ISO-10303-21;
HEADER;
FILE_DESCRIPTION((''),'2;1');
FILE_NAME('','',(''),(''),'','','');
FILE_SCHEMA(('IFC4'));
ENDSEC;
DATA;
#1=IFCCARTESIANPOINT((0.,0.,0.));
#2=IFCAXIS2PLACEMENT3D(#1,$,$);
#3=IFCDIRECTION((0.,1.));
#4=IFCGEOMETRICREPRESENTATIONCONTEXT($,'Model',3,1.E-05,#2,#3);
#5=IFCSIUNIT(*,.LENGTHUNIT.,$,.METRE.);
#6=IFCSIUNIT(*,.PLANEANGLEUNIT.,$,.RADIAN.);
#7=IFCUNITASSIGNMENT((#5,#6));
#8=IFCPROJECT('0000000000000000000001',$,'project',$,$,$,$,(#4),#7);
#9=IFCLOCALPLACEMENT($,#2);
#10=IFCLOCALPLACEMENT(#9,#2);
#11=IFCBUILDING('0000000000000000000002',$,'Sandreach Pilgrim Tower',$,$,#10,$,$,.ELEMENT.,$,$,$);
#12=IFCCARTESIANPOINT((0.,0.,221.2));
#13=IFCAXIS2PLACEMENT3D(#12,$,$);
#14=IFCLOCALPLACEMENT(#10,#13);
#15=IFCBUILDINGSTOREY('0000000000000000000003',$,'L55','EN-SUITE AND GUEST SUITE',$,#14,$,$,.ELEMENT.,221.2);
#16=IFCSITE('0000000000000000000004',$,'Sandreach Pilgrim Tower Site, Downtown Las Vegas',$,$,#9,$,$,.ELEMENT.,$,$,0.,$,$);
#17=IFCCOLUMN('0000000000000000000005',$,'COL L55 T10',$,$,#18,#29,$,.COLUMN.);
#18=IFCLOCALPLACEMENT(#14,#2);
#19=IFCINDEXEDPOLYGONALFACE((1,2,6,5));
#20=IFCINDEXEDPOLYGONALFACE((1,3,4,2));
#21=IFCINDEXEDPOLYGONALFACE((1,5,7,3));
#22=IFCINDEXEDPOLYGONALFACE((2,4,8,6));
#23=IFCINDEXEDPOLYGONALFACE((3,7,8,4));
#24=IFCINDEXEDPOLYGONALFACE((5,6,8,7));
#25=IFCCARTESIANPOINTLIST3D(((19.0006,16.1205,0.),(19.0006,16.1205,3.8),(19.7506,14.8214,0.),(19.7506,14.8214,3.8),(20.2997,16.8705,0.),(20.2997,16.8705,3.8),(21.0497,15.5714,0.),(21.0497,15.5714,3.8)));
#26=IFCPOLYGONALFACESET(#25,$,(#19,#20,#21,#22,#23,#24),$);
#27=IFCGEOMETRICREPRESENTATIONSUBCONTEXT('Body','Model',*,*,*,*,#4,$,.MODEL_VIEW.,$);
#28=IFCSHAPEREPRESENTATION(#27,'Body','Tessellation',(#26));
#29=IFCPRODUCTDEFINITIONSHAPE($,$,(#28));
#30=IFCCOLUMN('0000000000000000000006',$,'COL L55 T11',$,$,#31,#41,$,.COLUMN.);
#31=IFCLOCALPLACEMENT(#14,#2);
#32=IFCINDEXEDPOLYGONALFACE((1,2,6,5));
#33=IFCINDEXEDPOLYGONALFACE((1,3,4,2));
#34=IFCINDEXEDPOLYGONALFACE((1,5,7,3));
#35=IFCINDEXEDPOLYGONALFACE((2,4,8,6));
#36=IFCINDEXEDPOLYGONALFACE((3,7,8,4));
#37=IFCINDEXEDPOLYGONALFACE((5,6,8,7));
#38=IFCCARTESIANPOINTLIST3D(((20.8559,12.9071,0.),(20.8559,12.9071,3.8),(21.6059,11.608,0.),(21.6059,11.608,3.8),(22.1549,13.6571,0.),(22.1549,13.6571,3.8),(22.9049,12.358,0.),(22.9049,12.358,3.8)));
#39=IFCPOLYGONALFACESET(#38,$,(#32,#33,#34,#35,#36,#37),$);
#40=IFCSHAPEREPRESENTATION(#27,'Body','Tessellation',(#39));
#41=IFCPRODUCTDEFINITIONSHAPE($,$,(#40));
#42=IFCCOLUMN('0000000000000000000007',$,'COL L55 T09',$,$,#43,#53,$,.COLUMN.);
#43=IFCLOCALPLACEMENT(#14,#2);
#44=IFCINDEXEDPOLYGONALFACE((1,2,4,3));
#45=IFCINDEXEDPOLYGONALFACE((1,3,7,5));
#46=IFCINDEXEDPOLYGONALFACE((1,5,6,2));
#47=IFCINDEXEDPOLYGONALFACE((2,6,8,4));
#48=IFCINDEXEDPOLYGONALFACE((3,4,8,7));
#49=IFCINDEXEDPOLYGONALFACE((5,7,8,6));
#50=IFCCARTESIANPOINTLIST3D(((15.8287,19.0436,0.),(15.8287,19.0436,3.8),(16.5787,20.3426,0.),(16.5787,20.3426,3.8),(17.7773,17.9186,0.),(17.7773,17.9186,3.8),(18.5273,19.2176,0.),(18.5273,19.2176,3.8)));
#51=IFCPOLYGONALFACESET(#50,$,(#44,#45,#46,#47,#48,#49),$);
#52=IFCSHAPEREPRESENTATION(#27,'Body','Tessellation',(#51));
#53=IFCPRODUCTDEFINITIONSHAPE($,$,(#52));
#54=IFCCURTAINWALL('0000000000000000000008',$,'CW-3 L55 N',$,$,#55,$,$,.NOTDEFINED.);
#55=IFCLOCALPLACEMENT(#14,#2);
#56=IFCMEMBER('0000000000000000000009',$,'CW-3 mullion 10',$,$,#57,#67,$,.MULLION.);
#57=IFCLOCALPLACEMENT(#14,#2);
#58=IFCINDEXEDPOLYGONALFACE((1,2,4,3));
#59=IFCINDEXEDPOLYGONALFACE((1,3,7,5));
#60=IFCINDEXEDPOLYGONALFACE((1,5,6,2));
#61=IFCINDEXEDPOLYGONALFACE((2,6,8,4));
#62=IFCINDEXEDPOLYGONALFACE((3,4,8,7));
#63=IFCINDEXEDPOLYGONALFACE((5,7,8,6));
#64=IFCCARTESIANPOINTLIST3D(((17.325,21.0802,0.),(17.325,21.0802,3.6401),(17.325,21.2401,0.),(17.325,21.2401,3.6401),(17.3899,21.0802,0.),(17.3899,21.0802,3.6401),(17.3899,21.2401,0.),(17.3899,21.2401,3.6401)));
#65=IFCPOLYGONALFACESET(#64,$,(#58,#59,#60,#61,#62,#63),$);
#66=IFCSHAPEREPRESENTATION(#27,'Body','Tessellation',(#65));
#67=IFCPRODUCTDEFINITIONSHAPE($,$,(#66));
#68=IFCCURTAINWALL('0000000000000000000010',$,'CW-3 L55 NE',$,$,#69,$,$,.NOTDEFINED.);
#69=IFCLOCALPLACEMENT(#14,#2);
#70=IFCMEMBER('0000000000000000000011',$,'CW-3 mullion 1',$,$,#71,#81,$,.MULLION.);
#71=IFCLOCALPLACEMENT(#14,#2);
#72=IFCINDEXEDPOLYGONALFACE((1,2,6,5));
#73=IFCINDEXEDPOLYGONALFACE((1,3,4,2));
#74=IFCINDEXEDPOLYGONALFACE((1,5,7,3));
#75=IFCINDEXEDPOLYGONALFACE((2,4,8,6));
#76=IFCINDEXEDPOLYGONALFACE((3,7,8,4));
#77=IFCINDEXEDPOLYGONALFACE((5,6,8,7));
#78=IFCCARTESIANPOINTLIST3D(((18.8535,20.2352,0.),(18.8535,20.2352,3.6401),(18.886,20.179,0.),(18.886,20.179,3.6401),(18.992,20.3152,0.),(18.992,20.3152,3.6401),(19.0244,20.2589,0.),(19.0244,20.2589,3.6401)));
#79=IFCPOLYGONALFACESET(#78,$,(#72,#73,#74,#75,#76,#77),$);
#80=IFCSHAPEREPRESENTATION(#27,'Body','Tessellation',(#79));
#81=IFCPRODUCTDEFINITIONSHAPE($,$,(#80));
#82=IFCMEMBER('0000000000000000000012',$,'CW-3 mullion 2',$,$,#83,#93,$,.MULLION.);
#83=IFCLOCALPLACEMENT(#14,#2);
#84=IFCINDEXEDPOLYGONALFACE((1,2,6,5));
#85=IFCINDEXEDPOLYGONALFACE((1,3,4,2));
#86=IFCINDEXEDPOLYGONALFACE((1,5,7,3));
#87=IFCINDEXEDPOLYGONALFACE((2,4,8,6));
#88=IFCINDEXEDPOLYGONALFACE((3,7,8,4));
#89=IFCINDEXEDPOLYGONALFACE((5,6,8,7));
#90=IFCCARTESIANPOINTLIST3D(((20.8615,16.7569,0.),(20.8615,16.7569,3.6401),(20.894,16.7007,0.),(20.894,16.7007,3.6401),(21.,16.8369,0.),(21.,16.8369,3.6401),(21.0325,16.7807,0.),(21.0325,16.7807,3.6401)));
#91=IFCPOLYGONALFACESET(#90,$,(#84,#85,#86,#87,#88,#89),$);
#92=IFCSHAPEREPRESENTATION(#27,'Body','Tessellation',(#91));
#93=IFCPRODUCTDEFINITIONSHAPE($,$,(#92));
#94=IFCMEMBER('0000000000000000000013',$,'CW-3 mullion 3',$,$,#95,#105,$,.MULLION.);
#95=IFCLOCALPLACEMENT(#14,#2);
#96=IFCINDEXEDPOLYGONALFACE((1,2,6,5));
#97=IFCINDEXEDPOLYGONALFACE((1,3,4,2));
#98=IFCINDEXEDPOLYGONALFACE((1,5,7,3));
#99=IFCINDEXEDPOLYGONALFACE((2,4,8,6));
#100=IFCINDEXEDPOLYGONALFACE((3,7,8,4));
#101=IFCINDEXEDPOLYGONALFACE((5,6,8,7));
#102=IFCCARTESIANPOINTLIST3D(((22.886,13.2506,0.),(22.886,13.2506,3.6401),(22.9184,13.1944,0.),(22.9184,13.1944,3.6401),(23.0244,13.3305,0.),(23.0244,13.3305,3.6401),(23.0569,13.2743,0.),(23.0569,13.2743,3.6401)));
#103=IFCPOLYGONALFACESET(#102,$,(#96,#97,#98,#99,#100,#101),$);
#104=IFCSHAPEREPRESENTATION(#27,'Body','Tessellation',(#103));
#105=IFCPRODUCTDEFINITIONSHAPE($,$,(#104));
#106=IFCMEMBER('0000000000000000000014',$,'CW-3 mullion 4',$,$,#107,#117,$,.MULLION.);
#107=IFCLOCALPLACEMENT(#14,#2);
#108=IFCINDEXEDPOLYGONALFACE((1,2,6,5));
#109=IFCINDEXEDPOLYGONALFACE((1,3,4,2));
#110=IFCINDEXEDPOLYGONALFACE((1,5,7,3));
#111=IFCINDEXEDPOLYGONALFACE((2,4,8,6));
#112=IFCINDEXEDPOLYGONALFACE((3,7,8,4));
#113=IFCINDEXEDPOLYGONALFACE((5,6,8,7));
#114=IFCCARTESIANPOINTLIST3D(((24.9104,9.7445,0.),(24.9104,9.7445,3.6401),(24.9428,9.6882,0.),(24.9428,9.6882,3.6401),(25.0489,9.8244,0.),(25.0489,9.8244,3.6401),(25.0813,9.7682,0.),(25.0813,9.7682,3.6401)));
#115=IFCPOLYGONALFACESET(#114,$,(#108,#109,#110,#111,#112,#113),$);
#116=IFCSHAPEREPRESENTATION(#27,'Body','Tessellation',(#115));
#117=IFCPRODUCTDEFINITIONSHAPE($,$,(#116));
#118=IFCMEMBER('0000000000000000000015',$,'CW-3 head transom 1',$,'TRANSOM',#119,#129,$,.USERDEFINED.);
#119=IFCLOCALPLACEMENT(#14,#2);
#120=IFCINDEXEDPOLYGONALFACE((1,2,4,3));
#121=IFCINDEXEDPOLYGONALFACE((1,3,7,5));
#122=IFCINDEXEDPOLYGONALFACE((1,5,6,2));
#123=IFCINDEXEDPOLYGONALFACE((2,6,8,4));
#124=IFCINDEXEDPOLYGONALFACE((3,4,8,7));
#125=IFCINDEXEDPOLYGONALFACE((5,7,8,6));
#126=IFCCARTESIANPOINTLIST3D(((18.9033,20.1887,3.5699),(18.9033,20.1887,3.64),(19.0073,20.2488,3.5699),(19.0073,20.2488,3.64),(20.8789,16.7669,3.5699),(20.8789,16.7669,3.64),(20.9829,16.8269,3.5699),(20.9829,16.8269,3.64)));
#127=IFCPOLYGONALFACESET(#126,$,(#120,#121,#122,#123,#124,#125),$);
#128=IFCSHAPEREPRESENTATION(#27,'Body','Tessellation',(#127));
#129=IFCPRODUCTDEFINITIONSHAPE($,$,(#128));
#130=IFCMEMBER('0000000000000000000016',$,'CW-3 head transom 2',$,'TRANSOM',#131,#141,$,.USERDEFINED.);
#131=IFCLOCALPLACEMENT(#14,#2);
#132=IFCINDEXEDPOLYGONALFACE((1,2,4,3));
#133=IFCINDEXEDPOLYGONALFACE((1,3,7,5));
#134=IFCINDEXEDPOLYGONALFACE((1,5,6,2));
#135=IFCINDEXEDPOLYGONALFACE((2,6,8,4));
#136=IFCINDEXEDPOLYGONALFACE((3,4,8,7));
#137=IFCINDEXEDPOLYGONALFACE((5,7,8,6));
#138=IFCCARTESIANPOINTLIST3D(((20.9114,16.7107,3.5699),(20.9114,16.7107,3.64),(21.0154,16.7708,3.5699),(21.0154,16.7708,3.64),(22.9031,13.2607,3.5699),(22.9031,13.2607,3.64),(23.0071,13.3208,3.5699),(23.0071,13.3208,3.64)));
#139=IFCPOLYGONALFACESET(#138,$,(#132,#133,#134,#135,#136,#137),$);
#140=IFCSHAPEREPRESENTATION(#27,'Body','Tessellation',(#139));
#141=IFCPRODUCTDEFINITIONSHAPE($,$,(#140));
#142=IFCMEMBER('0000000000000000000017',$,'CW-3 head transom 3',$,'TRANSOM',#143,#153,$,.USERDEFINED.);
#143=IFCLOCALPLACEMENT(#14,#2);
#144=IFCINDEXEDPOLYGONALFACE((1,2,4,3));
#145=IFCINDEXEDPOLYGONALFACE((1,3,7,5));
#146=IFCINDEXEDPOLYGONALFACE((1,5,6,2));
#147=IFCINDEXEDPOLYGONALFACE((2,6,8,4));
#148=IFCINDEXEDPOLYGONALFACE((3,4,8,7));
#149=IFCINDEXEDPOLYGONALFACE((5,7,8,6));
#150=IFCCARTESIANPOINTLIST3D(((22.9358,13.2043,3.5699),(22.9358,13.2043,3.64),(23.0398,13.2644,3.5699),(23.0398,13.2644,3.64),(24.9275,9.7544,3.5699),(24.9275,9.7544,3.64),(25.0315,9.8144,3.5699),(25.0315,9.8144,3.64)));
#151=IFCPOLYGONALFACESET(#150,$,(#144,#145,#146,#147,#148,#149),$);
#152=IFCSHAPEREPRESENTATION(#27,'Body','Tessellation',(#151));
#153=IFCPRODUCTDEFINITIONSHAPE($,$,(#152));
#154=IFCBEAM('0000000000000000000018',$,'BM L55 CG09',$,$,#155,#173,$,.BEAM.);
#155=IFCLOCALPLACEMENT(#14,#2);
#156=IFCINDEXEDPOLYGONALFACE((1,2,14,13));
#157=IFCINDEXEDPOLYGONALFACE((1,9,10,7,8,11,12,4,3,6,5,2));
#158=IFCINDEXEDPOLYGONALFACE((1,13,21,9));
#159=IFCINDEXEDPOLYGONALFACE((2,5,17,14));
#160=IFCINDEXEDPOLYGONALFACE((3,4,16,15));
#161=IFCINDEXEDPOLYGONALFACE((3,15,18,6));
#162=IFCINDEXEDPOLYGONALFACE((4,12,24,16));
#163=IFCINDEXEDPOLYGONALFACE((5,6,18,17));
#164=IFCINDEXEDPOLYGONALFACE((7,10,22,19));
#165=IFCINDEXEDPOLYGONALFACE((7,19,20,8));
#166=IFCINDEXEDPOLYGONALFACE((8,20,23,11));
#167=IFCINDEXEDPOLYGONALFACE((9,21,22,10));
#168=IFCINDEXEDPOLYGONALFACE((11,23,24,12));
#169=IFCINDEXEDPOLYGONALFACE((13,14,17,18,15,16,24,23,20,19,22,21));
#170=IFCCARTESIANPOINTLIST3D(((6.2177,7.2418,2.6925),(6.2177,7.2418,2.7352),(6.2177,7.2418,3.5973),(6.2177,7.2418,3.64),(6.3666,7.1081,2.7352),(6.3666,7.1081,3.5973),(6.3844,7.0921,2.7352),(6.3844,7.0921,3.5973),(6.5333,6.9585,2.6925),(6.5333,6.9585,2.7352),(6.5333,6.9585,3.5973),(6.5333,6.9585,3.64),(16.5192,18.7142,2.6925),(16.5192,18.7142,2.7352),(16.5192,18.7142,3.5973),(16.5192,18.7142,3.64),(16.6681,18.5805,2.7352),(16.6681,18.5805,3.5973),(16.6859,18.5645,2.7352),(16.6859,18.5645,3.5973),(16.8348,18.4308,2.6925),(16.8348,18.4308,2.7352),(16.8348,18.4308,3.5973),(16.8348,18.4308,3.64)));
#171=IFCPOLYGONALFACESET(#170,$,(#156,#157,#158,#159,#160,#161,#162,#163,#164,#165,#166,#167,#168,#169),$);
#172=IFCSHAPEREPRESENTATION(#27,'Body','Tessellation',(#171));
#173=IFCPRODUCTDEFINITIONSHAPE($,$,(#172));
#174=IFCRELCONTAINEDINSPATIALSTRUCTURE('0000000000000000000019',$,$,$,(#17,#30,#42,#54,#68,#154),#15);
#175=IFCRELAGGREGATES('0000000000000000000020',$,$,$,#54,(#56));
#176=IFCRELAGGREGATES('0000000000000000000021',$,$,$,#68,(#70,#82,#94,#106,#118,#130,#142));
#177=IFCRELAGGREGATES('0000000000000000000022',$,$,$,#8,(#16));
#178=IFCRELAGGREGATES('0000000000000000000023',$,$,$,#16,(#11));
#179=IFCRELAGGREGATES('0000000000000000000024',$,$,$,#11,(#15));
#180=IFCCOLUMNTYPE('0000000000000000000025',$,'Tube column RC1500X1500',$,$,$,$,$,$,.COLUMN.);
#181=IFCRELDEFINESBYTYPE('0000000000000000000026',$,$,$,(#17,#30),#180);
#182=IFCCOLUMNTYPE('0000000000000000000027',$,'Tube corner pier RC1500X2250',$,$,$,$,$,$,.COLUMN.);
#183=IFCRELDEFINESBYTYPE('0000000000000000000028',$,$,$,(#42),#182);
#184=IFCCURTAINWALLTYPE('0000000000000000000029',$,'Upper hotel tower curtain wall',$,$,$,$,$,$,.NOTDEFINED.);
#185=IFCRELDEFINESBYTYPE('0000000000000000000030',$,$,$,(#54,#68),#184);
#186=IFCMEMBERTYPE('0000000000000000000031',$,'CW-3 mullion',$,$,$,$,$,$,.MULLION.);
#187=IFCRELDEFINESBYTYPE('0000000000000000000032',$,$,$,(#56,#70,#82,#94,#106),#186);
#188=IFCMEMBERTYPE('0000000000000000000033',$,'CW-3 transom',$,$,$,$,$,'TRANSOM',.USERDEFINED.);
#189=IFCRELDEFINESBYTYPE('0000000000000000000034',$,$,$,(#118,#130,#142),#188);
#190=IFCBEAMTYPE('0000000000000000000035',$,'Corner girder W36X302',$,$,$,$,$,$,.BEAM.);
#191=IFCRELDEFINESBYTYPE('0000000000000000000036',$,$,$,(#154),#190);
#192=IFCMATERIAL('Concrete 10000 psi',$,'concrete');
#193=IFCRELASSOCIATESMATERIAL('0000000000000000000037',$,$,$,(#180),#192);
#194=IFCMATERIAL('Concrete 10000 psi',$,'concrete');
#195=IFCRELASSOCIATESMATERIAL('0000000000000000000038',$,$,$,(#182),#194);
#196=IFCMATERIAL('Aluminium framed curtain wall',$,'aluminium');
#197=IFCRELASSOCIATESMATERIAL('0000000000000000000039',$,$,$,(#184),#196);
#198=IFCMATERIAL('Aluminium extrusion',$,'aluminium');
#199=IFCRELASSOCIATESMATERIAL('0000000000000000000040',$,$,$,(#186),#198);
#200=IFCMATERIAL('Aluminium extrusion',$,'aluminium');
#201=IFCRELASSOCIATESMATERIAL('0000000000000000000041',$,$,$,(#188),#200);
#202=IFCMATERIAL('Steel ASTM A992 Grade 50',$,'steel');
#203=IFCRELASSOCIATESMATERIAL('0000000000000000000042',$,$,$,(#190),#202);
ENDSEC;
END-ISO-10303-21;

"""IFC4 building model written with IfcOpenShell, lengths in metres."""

from ifc_helpers import new_model, si_unit, direction, frame, origin, origin_2d, place, context, subcontext, project, spatial, rectangle, i_section, extrude, material, material_profile, profile_set, type_object, element, aggregate, save


model = new_model("IFC4")

# Units and contexts
model_context = context("Model", 3, precision=1e-05, world=origin(), true_north=direction((0.0, 1.0)))
body_context = subcontext(model_context, "Body", "Model", "MODEL_VIEW")
ifc_project = project(units=[si_unit("LENGTHUNIT", "METRE"), si_unit("PLANEANGLEUNIT", "RADIAN")], contexts=[model_context])

# Site, building, storey
site_placement = place(None, origin())
site = spatial("IfcSite", under=ifc_project, at=site_placement, Name="Sandreach Pilgrim Tower Site, Downtown Las Vegas", CompositionType="ELEMENT", RefElevation=0.0)
building_placement = place(site_placement, origin())
building = spatial("IfcBuilding", under=site, at=building_placement, Name="Sandreach Pilgrim Tower", CompositionType="ELEMENT")
storey_placement = place(building_placement, frame((0.0, 0.0, 221.2)))
storey = spatial("IfcBuildingStorey", under=building, at=storey_placement, Name="L55", Description="EN-SUITE AND GUEST SUITE", CompositionType="ELEMENT", Elevation=221.2)

# Columns
ifc_material_1 = material(Name="Concrete 10000 psi", Category="concrete")
ifc_material_profile_1 = material_profile(ifc_material_1, rectangle(XDim=1.5, YDim=1.5, at=origin_2d()), Name="RC1500X1500")
ifc_profile_set_1 = profile_set([ifc_material_profile_1], Name="Concrete 10000 psi")
column_type_1 = type_object("IfcColumnType", Name="Tube column RC1500X1500", PredefinedType="COLUMN", material=ifc_profile_set_1)
for number, where, z_axis, x_axis, name in (
    (1, (20.0251, 15.8459, 0.0), (0.0, 0.0, 1.0), (0.866025, 0.5, 0.0), "COL L55 T10"),
    (2, (21.8804, 12.6326, 0.0), (0.0, 0.0, 1.0), (0.866025, 0.5, 0.0), "COL L55 T11"),
):
    element("IfcColumn", number, at=place(storey_placement, frame(where, z_axis=z_axis, x_axis=x_axis)), inside=storey, type_object=column_type_1, Name=name, PredefinedType="COLUMN", context=body_context, shape_type="SweptSolid", body=[
        extrude(rectangle(XDim=1.5, YDim=1.5, at=origin_2d()), origin(), (0.0, 0.0, 1.0), 3.8),
    ])
ifc_material_2 = material(Name="Concrete 10000 psi", Category="concrete")
ifc_material_profile_2 = material_profile(ifc_material_2, rectangle(XDim=1.5, YDim=2.25, at=origin_2d()), Name="RC1500X2250")
ifc_profile_set_2 = profile_set([ifc_material_profile_2], Name="Concrete 10000 psi")
column_type_2 = type_object("IfcColumnType", Name="Tube corner pier RC1500X2250", PredefinedType="COLUMN", material=ifc_profile_set_2)
column_placement = place(storey_placement, frame((17.178, 19.1306, 0.0), z_axis=(0.0, 0.0, 1.0), x_axis=(0.5, 0.866025, 0.0)))
element("IfcColumn", 3, at=column_placement, inside=storey, type_object=column_type_2, Name="COL L55 T09", PredefinedType="COLUMN", context=body_context, shape_type="SweptSolid", body=[
    extrude(rectangle(XDim=1.5, YDim=2.25, at=origin_2d()), origin(), (0.0, 0.0, 1.0), 3.8),
])

# Curtain wall, member
ifc_material_3 = material(Name="Aluminium framed curtain wall", Category="aluminium")
curtain_wall_type = type_object("IfcCurtainWallType", Name="Upper hotel tower curtain wall", PredefinedType="NOTDEFINED", material=ifc_material_3)
curtain_wall_1_placement = place(storey_placement, origin())
curtain_wall_1 = element("IfcCurtainWall", 4, at=curtain_wall_1_placement, inside=storey, type_object=curtain_wall_type, Name="CW-3 L55 N", PredefinedType="NOTDEFINED")
ifc_material_4 = material(Name="Aluminium extrusion", Category="aluminium")
ifc_material_profile_3 = material_profile(ifc_material_4, rectangle(XDim=0.0649, YDim=0.1599, at=origin_2d()), Name="CW-3M 65X160")
ifc_profile_set_3 = profile_set([ifc_material_profile_3], Name="Aluminium extrusion")
member_type_1 = type_object("IfcMemberType", Name="CW-3 mullion", PredefinedType="MULLION", material=ifc_profile_set_3)
member_1_placement = place(storey_placement, frame((17.3574, 21.1602, 0.0), z_axis=(0.0, 0.0, 1.0), x_axis=(1.0, 0.0, 0.0)))
member_1 = element("IfcMember", 5, at=member_1_placement, type_object=member_type_1, Name="CW-3 mullion 10", PredefinedType="MULLION", context=body_context, shape_type="SweptSolid", body=[
    extrude(rectangle(XDim=0.0649, YDim=0.1599, at=origin_2d()), origin(), (0.0, 0.0, 1.0), 3.6401),
])
aggregate(curtain_wall_1, [member_1])

# Curtain wall, members
curtain_wall_2_placement = place(storey_placement, origin())
curtain_wall_2 = element("IfcCurtainWall", 6, at=curtain_wall_2_placement, inside=storey, type_object=curtain_wall_type, Name="CW-3 L55 NE", PredefinedType="NOTDEFINED")
member_2_placement = place(storey_placement, frame((18.939, 20.2471, 0.0), z_axis=(0.0, 0.0, 1.0), x_axis=(0.5, -0.866025, 0.0)))
member_2 = element("IfcMember", 7, at=member_2_placement, type_object=member_type_1, Name="CW-3 mullion 1", PredefinedType="MULLION", context=body_context, shape_type="SweptSolid", body=[
    extrude(rectangle(XDim=0.0649, YDim=0.1599, at=origin_2d()), origin(), (0.0, 0.0, 1.0), 3.6401),
])
member_3_placement = place(storey_placement, frame((20.947, 16.7688, 0.0), z_axis=(0.0, 0.0, 1.0), x_axis=(0.5, -0.866025, 0.0)))
member_3 = element("IfcMember", 8, at=member_3_placement, type_object=member_type_1, Name="CW-3 mullion 2", PredefinedType="MULLION", context=body_context, shape_type="SweptSolid", body=[
    extrude(rectangle(XDim=0.0649, YDim=0.1599, at=origin_2d()), origin(), (0.0, 0.0, 1.0), 3.6401),
])
member_4_placement = place(storey_placement, frame((22.9714, 13.2625, 0.0), z_axis=(0.0, 0.0, 1.0), x_axis=(0.5, -0.866025, 0.0)))
member_4 = element("IfcMember", 9, at=member_4_placement, type_object=member_type_1, Name="CW-3 mullion 3", PredefinedType="MULLION", context=body_context, shape_type="SweptSolid", body=[
    extrude(rectangle(XDim=0.0649, YDim=0.1599, at=origin_2d()), origin(), (0.0, 0.0, 1.0), 3.6401),
])
member_5_placement = place(storey_placement, frame((24.9958, 9.7563, 0.0), z_axis=(0.0, 0.0, 1.0), x_axis=(0.5, -0.866025, 0.0)))
member_5 = element("IfcMember", 10, at=member_5_placement, type_object=member_type_1, Name="CW-3 mullion 4", PredefinedType="MULLION", context=body_context, shape_type="SweptSolid", body=[
    extrude(rectangle(XDim=0.0649, YDim=0.1599, at=origin_2d()), origin(), (0.0, 0.0, 1.0), 3.6401),
])
ifc_material_5 = material(Name="Aluminium extrusion", Category="aluminium")
ifc_material_profile_4 = material_profile(ifc_material_5, rectangle(XDim=0.1201, YDim=0.0701, at=origin_2d()), Name="CW-3T 120X70")
ifc_profile_set_4 = profile_set([ifc_material_profile_4], Name="Aluminium extrusion")
member_type_2 = type_object("IfcMemberType", Name="CW-3 transom", ElementType="TRANSOM", PredefinedType="USERDEFINED", material=ifc_profile_set_4)
member_6_placement = place(storey_placement, frame((18.9553, 20.2188, 3.605), z_axis=(0.499993, -0.866029, 0.0), x_axis=(0.866029, 0.499993, 0.0)))
member_6 = element("IfcMember", 11, at=member_6_placement, type_object=member_type_2, Name="CW-3 head transom 1", ObjectType="TRANSOM", PredefinedType="USERDEFINED", context=body_context, shape_type="SweptSolid", body=[
    extrude(rectangle(XDim=0.1201, YDim=0.0701, at=origin_2d()), origin(), (0.0, 0.0, 1.0), 3.9512),
])
member_7_placement = place(storey_placement, frame((20.9634, 16.7407, 3.605), z_axis=(0.499975, -0.86604, 0.0), x_axis=(0.86604, 0.499975, 0.0)))
member_7 = element("IfcMember", 12, at=member_7_placement, type_object=member_type_2, Name="CW-3 head transom 2", ObjectType="TRANSOM", PredefinedType="USERDEFINED", context=body_context, shape_type="SweptSolid", body=[
    extrude(rectangle(XDim=0.1201, YDim=0.0701, at=origin_2d()), origin(), (0.0, 0.0, 1.0), 3.9836),
])
member_8_placement = place(storey_placement, frame((22.9878, 13.2344, 3.605), z_axis=(0.499975, -0.86604, 0.0), x_axis=(0.86604, 0.499975, 0.0)))
member_8 = element("IfcMember", 13, at=member_8_placement, type_object=member_type_2, Name="CW-3 head transom 3", ObjectType="TRANSOM", PredefinedType="USERDEFINED", context=body_context, shape_type="SweptSolid", body=[
    extrude(rectangle(XDim=0.1201, YDim=0.0701, at=origin_2d()), origin(), (0.0, 0.0, 1.0), 3.9836),
])

# Beam
ifc_material_6 = material(Name="Steel ASTM A992 Grade 50", Category="steel")
ifc_material_profile_5 = material_profile(ifc_material_6, i_section(OverallWidth=0.4241, OverallDepth=0.9475, WebThickness=0.0239, FlangeThickness=0.0427, at=origin_2d()), Name="W36X302")
ifc_profile_set_5 = profile_set([ifc_material_profile_5], Name="Steel ASTM A992 Grade 50")
beam_type_1 = type_object("IfcBeamType", Name="Corner girder W36X302", PredefinedType="BEAM", material=ifc_profile_set_5)
beam_1_placement = place(storey_placement, frame((16.677, 18.5725, 3.1663), z_axis=(-0.668117, -0.744057, 0.0), x_axis=(0.744057, -0.668117, 0.0)))
element("IfcBeam", 14, at=beam_1_placement, inside=storey, type_object=beam_type_1, Name="BM L55 CG09", PredefinedType="BEAM", context=body_context, shape_type="SweptSolid", body=[
    extrude(i_section(OverallWidth=0.4241, OverallDepth=0.9475, WebThickness=0.0239, FlangeThickness=0.0427, at=origin_2d()), origin(), (0.0, 0.0, 1.0), 15.4187),
])

aggregate(curtain_wall_2, [member_2, member_3, member_4, member_5, member_6, member_7, member_8])

save(model, "model.ifc")
